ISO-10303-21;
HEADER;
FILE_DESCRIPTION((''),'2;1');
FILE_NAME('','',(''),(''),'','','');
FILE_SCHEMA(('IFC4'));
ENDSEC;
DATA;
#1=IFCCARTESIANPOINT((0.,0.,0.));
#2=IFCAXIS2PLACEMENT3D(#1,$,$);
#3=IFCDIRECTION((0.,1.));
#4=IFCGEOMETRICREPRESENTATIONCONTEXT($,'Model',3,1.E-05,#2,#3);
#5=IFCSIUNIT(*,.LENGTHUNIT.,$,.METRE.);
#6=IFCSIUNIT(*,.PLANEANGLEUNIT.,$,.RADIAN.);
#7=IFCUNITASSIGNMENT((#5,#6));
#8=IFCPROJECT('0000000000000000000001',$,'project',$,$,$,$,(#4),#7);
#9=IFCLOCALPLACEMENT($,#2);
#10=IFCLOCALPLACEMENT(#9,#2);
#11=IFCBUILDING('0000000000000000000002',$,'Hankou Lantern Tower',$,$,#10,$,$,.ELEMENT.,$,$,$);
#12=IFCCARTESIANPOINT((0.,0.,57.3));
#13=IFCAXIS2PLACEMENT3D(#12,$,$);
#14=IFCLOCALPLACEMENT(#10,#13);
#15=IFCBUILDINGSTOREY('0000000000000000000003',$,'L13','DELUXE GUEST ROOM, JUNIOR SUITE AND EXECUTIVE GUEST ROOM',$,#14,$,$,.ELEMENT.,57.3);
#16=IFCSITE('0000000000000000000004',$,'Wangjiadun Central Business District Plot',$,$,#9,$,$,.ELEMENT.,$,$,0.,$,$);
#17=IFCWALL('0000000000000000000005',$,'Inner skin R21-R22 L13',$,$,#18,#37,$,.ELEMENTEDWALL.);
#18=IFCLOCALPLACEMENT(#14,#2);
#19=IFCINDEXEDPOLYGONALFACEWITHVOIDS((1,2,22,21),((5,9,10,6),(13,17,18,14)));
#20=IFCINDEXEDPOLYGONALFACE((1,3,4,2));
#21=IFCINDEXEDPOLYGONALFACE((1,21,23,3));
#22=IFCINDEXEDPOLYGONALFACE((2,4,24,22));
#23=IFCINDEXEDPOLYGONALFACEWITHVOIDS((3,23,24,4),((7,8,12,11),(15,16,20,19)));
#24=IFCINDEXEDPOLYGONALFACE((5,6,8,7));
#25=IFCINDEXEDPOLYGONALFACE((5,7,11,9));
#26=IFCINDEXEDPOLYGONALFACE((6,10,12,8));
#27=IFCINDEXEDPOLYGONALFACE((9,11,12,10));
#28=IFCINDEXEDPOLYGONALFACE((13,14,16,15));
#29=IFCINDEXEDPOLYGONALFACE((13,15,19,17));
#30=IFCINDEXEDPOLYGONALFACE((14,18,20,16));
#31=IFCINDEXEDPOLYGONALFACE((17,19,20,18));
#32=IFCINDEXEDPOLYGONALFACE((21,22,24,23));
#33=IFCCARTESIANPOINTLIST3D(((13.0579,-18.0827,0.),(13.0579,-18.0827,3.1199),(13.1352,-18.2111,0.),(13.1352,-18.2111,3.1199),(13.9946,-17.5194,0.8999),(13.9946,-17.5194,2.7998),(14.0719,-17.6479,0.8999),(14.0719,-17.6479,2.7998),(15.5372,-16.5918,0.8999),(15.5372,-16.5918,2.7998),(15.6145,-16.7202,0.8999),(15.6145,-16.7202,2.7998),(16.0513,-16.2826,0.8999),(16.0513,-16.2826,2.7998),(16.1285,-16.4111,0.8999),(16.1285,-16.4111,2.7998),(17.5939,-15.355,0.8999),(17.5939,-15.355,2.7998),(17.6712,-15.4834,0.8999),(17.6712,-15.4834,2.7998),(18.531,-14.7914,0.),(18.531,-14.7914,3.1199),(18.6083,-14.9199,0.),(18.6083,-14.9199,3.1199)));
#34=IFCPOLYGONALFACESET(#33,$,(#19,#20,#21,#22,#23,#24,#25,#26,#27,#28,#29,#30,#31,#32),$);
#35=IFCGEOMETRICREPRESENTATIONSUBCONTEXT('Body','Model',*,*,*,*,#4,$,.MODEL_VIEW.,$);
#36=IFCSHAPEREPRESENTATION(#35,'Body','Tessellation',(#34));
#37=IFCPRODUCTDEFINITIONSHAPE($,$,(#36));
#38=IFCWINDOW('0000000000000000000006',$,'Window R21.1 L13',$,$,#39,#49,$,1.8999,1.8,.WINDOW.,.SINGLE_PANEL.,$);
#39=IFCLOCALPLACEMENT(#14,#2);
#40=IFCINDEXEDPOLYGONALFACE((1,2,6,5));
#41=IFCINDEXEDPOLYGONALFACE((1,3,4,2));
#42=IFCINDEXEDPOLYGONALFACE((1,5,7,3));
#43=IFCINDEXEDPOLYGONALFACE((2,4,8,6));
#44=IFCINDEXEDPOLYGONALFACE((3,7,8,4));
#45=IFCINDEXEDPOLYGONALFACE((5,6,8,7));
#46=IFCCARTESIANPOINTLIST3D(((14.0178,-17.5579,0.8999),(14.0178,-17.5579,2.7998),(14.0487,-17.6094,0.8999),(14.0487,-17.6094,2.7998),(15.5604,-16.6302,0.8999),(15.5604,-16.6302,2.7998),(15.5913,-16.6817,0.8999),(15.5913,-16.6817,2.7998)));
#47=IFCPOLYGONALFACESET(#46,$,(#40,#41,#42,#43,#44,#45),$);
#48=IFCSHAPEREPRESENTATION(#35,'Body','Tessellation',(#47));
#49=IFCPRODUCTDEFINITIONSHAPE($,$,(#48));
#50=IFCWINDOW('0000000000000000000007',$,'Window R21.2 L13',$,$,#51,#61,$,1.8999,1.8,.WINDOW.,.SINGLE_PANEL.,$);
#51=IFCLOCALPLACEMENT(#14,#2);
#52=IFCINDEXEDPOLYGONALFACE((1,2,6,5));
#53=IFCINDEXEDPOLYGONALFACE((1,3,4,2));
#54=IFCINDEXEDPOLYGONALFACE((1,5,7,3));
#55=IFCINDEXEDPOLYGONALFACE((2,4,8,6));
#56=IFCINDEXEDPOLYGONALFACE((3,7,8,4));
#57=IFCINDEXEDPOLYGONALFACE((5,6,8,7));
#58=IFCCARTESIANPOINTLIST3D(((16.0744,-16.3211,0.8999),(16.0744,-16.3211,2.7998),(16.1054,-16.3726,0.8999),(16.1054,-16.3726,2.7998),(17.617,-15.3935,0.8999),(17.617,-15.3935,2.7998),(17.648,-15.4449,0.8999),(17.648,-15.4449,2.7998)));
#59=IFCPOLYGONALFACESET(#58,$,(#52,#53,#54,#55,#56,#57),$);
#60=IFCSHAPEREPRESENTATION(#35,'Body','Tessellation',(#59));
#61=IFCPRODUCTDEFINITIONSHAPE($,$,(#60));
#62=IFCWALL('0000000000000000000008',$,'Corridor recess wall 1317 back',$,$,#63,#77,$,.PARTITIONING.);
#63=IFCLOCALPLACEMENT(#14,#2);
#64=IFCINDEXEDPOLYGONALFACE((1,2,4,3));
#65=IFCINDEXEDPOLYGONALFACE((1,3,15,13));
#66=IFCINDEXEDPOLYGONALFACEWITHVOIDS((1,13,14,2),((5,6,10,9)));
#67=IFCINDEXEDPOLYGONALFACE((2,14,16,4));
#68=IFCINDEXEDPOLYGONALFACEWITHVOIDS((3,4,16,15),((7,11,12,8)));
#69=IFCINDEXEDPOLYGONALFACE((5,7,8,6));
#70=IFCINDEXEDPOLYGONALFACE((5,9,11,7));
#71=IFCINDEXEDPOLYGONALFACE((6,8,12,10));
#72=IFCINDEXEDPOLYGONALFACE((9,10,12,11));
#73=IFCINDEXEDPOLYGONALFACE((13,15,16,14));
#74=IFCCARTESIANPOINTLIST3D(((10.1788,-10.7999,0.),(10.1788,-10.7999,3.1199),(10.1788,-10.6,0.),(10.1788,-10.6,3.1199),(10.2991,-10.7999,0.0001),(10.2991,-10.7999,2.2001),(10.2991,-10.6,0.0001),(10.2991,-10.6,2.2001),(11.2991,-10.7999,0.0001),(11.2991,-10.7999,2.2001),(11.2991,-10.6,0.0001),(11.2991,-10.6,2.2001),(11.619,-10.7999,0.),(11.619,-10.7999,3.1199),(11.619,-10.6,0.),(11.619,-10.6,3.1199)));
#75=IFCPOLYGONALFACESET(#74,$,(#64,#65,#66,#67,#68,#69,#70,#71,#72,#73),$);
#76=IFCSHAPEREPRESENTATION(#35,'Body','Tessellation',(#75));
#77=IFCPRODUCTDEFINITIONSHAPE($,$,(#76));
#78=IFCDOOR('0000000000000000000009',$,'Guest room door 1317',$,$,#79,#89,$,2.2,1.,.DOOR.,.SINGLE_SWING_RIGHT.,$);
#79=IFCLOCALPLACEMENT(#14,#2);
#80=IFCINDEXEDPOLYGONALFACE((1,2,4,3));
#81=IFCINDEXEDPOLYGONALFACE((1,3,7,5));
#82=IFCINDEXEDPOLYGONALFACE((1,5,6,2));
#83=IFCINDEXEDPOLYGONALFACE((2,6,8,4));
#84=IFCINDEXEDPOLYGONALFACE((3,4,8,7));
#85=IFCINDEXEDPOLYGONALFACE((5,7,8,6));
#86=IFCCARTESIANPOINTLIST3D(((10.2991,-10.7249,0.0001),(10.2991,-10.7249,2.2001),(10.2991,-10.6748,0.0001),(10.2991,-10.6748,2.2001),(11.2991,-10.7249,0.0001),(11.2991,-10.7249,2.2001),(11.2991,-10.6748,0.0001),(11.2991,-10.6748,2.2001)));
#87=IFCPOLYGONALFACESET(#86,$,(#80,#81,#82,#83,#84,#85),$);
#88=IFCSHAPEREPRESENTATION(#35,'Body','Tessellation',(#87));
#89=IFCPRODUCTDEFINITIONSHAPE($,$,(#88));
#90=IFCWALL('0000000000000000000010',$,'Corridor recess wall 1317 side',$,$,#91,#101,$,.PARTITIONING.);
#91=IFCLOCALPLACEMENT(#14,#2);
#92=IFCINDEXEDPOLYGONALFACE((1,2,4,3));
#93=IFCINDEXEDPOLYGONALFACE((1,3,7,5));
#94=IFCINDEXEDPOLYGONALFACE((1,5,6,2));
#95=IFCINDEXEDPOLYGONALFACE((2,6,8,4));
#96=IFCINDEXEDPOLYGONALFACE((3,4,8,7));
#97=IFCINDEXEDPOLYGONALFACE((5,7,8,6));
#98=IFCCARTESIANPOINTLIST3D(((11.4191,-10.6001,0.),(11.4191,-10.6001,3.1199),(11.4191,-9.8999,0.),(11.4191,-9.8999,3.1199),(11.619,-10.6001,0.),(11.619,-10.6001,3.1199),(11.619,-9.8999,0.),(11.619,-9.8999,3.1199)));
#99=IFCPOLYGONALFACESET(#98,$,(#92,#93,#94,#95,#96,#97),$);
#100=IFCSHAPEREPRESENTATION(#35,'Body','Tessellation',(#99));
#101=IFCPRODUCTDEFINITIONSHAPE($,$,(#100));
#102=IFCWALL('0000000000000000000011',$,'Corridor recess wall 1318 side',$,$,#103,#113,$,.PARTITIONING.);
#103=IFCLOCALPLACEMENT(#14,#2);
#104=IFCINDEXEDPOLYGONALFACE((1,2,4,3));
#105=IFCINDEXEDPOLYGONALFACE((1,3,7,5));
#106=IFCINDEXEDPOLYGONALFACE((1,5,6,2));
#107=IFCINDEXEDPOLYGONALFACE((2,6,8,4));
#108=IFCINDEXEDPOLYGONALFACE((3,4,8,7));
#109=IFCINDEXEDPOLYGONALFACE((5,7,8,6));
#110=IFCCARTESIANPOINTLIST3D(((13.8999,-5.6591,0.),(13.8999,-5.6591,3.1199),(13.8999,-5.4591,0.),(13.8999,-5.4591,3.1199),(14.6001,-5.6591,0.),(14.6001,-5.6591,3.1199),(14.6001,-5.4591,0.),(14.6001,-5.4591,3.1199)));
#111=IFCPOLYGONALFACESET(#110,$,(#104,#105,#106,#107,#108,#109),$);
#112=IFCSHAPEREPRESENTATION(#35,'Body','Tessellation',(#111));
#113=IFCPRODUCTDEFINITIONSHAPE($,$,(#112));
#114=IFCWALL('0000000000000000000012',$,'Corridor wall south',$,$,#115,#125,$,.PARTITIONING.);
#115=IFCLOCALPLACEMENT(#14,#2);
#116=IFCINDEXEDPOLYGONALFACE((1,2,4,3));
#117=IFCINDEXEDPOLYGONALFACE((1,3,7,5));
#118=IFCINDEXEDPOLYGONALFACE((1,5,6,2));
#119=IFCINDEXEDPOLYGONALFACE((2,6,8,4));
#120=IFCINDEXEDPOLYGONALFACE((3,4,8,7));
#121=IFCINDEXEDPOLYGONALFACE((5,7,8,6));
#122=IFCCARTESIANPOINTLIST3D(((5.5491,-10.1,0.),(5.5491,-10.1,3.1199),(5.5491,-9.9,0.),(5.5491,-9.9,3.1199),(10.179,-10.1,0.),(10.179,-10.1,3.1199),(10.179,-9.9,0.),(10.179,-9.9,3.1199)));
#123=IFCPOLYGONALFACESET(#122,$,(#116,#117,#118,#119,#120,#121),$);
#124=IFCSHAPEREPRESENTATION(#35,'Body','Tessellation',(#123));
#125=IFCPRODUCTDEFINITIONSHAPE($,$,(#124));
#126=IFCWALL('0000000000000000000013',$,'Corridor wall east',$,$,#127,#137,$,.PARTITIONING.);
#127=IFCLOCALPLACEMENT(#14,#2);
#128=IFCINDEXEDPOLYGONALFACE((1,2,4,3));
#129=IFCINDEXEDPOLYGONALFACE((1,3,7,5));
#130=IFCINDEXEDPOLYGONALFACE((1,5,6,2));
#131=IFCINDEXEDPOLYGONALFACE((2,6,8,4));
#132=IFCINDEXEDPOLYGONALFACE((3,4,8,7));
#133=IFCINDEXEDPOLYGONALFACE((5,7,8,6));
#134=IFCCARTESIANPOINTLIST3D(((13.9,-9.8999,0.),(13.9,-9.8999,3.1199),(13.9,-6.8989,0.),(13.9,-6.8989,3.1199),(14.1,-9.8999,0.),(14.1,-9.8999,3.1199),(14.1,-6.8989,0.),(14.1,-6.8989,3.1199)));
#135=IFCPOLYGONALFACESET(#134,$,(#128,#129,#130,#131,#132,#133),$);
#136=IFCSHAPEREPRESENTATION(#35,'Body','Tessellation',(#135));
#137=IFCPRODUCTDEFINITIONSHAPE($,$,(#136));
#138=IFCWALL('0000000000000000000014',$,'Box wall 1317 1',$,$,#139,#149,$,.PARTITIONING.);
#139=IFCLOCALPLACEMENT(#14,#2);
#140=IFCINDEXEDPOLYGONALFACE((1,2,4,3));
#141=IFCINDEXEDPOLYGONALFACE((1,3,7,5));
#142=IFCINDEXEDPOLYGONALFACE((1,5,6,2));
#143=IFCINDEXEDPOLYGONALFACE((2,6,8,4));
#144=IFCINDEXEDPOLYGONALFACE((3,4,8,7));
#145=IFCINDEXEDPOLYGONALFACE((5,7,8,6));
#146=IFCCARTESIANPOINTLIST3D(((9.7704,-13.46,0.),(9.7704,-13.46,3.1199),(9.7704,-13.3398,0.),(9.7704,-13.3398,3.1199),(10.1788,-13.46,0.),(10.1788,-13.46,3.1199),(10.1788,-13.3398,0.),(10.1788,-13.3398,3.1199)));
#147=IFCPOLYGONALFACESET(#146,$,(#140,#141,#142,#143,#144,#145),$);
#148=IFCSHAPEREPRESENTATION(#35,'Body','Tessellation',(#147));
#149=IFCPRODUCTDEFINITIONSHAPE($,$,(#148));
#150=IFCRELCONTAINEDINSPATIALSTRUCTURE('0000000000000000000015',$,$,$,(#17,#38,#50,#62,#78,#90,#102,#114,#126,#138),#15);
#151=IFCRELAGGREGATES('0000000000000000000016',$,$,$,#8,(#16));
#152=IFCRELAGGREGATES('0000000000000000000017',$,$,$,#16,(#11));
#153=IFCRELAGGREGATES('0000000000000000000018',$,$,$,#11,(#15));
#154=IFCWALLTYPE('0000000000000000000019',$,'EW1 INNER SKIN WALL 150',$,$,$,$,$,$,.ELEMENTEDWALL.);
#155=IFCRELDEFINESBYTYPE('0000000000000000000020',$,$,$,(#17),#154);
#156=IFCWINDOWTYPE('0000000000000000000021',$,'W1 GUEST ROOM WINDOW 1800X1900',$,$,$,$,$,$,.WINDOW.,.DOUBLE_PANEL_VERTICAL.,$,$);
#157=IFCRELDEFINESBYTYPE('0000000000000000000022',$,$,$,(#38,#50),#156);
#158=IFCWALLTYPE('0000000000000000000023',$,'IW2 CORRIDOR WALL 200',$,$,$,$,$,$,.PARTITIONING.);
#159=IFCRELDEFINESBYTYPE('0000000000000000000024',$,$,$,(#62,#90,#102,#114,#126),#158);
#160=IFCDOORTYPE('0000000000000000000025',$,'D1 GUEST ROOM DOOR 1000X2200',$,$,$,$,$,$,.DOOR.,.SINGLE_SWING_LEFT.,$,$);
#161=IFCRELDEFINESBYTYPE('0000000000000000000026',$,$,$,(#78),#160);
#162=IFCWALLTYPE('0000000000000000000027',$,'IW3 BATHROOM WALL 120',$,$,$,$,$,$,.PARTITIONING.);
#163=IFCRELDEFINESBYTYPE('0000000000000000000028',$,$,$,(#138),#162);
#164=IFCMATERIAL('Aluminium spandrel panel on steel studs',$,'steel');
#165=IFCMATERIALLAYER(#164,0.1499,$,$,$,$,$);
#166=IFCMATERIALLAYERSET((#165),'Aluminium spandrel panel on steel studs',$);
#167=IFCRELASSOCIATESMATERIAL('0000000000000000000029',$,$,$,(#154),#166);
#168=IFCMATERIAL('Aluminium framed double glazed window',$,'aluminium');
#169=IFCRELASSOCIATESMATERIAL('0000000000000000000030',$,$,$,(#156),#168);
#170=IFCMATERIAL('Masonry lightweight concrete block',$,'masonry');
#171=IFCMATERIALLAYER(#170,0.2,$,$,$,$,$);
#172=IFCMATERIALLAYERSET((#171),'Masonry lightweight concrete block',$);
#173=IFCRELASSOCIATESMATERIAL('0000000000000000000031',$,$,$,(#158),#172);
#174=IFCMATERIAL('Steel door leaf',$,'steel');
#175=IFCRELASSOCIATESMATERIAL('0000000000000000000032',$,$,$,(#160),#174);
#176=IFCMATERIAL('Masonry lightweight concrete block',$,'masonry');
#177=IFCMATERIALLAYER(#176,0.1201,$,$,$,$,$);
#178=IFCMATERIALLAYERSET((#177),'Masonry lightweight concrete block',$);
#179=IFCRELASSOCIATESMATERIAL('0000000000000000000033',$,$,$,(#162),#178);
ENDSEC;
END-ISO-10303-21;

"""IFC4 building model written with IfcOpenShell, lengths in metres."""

from ifc_helpers import new_model, si_unit, direction, frame, frame_2d, origin, place, context, subcontext, project, spatial, rectangle, extrude, material, layer, layer_set, type_object, element, fill, save


model = new_model("IFC4")

# Units and contexts
model_context = context("Model", 3, precision=1e-05, world=origin(), true_north=direction((0.0, 1.0)))
body_context = subcontext(model_context, "Body", "Model", "MODEL_VIEW")
ifc_project = project(units=[si_unit("LENGTHUNIT", "METRE"), si_unit("PLANEANGLEUNIT", "RADIAN")], contexts=[model_context])

# Site, building, storey
site_placement = place(None, origin())
site = spatial("IfcSite", under=ifc_project, at=site_placement, Name="Wangjiadun Central Business District Plot", CompositionType="ELEMENT", RefElevation=0.0)
building_placement = place(site_placement, origin())
building = spatial("IfcBuilding", under=site, at=building_placement, Name="Hankou Lantern Tower", CompositionType="ELEMENT")
storey_placement = place(building_placement, frame((0.0, 0.0, 57.3)))
storey = spatial("IfcBuildingStorey", under=building, at=storey_placement, Name="L13", Description="DELUXE GUEST ROOM, JUNIOR SUITE AND EXECUTIVE GUEST ROOM", CompositionType="ELEMENT", Elevation=57.3)

# Wall, openings, windows
ifc_material_1 = material(Name="Aluminium spandrel panel on steel studs", Category="steel")
ifc_layer_1 = layer(ifc_material_1, 0.1499)
ifc_layer_set_1 = layer_set([ifc_layer_1], Name="Aluminium spandrel panel on steel studs")
wall_type_1 = type_object("IfcWallType", Name="EW1 INNER SKIN WALL 150", PredefinedType="ELEMENTEDWALL", material=ifc_layer_set_1)
wall_1_placement = place(storey_placement, frame((13.0964, -18.147, 0.0), z_axis=(0.0, 0.0, 1.0), x_axis=(0.856983, 0.515344, 0.0)))
wall_1 = element("IfcWall", 1, at=wall_1_placement, inside=storey, type_object=wall_type_1, Name="Inner skin R21-R22 L13", PredefinedType="ELEMENTEDWALL", context=body_context, shape_type="SweptSolid", body=[
    extrude(rectangle(XDim=6.3865, YDim=0.1499, at=frame_2d((3.1934, 0.0))), origin(), (0.0, 0.0, 1.0), 3.1199),
])
opening_1_placement = place(wall_1_placement, frame((1.0933, 0.0, 0.8999)))
opening_1 = element("IfcOpeningElement", 2, at=opening_1_placement, cuts=wall_1, PredefinedType="OPENING", context=body_context, shape_type="SweptSolid", body=[
    extrude(rectangle(XDim=1.8, YDim=1.8999, at=frame_2d((0.8999, 0.95))), frame((0.0, 0.085, 0.0), z_axis=(0.0, -1.0, 0.0), x_axis=(1.0, 0.0, 0.0)), (0.0, 0.0, 1.0), 0.1699),
])
opening_2_placement = place(wall_1_placement, frame((3.4932, 0.0, 0.8999)))
opening_2 = element("IfcOpeningElement", 3, at=opening_2_placement, cuts=wall_1, PredefinedType="OPENING", context=body_context, shape_type="SweptSolid", body=[
    extrude(rectangle(XDim=1.8, YDim=1.8999, at=frame_2d((0.8999, 0.95))), frame((0.0, 0.085, 0.0), z_axis=(0.0, -1.0, 0.0), x_axis=(1.0, 0.0, 0.0)), (0.0, 0.0, 1.0), 0.1699),
])
ifc_material_2 = material(Name="Aluminium framed double glazed window", Category="aluminium")
window_type = type_object("IfcWindowType", Name="W1 GUEST ROOM WINDOW 1800X1900", PartitioningType="DOUBLE_PANEL_VERTICAL", PredefinedType="WINDOW", material=ifc_material_2)
window_1_placement = place(opening_1_placement, origin())
window_1 = element("IfcWindow", 4, at=window_1_placement, inside=storey, type_object=window_type, Name="Window R21.1 L13", OverallHeight=1.8999, OverallWidth=1.8, PartitioningType="SINGLE_PANEL", PredefinedType="WINDOW", context=body_context, shape_type="SweptSolid", body=[
    extrude(rectangle(XDim=1.8, YDim=1.8999, at=frame_2d((0.8999, 0.95))), frame((0.0, 0.03, 0.0), z_axis=(0.0, -1.0, 0.0), x_axis=(1.0, 0.0, 0.0)), (0.0, 0.0, 1.0), 0.0601),
])
fill(opening_1, window_1)
window_2_placement = place(opening_2_placement, origin())
window_2 = element("IfcWindow", 5, at=window_2_placement, inside=storey, type_object=window_type, Name="Window R21.2 L13", OverallHeight=1.8999, OverallWidth=1.8, PartitioningType="SINGLE_PANEL", PredefinedType="WINDOW", context=body_context, shape_type="SweptSolid", body=[
    extrude(rectangle(XDim=1.8, YDim=1.8999, at=frame_2d((0.8999, 0.95))), frame((0.0, 0.03, 0.0), z_axis=(0.0, -1.0, 0.0), x_axis=(1.0, 0.0, 0.0)), (0.0, 0.0, 1.0), 0.0601),
])
fill(opening_2, window_2)

# Wall, opening, door
ifc_material_3 = material(Name="Masonry lightweight concrete block", Category="masonry")
ifc_layer_2 = layer(ifc_material_3, 0.2)
ifc_layer_set_2 = layer_set([ifc_layer_2], Name="Masonry lightweight concrete block")
wall_type_2 = type_object("IfcWallType", Name="IW2 CORRIDOR WALL 200", PredefinedType="PARTITIONING", material=ifc_layer_set_2)
wall_2_placement = place(storey_placement, frame((11.6191, -10.7, 0.0), z_axis=(0.0, 0.0, 1.0), x_axis=(-1.0, 0.0, 0.0)))
wall_2 = element("IfcWall", 6, at=wall_2_placement, inside=storey, type_object=wall_type_2, Name="Corridor recess wall 1317 back", PredefinedType="PARTITIONING", context=body_context, shape_type="SweptSolid", body=[
    extrude(rectangle(XDim=1.4402, YDim=0.2, at=frame_2d((0.7202, 0.0))), origin(), (0.0, 0.0, 1.0), 3.1199),
])
opening_3_placement = place(wall_2_placement, frame((0.3201, 0.0, 0.0)))
opening_3 = element("IfcOpeningElement", 7, at=opening_3_placement, cuts=wall_2, PredefinedType="OPENING", context=body_context, shape_type="SweptSolid", body=[
    extrude(rectangle(XDim=1.0, YDim=2.2, at=frame_2d((0.5, 1.1001))), frame((0.0, 0.1099, 0.0), z_axis=(0.0, -1.0, 0.0), x_axis=(1.0, 0.0, 0.0)), (0.0, 0.0, 1.0), 0.22),
])
ifc_material_4 = material(Name="Steel door leaf", Category="steel")
door_type_1 = type_object("IfcDoorType", Name="D1 GUEST ROOM DOOR 1000X2200", OperationType="SINGLE_SWING_LEFT", PredefinedType="DOOR", material=ifc_material_4)
door_1_placement = place(opening_3_placement, origin())
door_1 = element("IfcDoor", 8, at=door_1_placement, inside=storey, type_object=door_type_1, Name="Guest room door 1317", OperationType="SINGLE_SWING_RIGHT", OverallHeight=2.2, OverallWidth=1.0, PredefinedType="DOOR", context=body_context, shape_type="SweptSolid", body=[
    extrude(rectangle(XDim=1.0, YDim=2.2, at=frame_2d((0.5, 1.1001))), frame((0.0, 0.0249, 0.0), z_axis=(0.0, -1.0, 0.0), x_axis=(1.0, 0.0, 0.0)), (0.0, 0.0, 1.0), 0.05),
])
fill(opening_3, door_1)

# Walls
for number, where, z_axis, x_axis, name in (
    (9, (11.519, -9.8999, 0.0), (0.0, 0.0, 1.0), (0.0, -1.0, 0.0), "Corridor recess wall 1317 side"),
    (10, (13.8999, -5.5591, 0.0), (0.0, 0.0, 1.0), (1.0, 0.0, 0.0), "Corridor recess wall 1318 side"),
):
    element("IfcWall", number, at=place(storey_placement, frame(where, z_axis=z_axis, x_axis=x_axis)), inside=storey, type_object=wall_type_2, Name=name, PredefinedType="PARTITIONING", context=body_context, shape_type="SweptSolid", body=[
        extrude(rectangle(XDim=0.7002, YDim=0.2, at=frame_2d((0.3501, 0.0))), origin(), (0.0, 0.0, 1.0), 3.1199),
    ])
wall_3_placement = place(storey_placement, frame((10.179, -10.0, 0.0), z_axis=(0.0, 0.0, 1.0), x_axis=(-1.0, 0.0, 0.0)))
element("IfcWall", 11, at=wall_3_placement, inside=storey, type_object=wall_type_2, Name="Corridor wall south", PredefinedType="PARTITIONING", context=body_context, shape_type="SweptSolid", body=[
    extrude(rectangle(XDim=4.6299, YDim=0.2, at=frame_2d((2.3149, 0.0))), origin(), (0.0, 0.0, 1.0), 3.1199),
])
wall_4_placement = place(storey_placement, frame((14.0, -9.8999, 0.0), z_axis=(0.0, 0.0, 1.0), x_axis=(0.0, 1.0, 0.0)))
element("IfcWall", 12, at=wall_4_placement, inside=storey, type_object=wall_type_2, Name="Corridor wall east", PredefinedType="PARTITIONING", context=body_context, shape_type="SweptSolid", body=[
    extrude(rectangle(XDim=3.001, YDim=0.2, at=frame_2d((1.5005, 0.0))), origin(), (0.0, 0.0, 1.0), 3.1199),
])
ifc_material_5 = material(Name="Masonry lightweight concrete block", Category="masonry")
ifc_layer_3 = layer(ifc_material_5, 0.1201)
ifc_layer_set_3 = layer_set([ifc_layer_3], Name="Masonry lightweight concrete block")
wall_type_3 = type_object("IfcWallType", Name="IW3 BATHROOM WALL 120", PredefinedType="PARTITIONING", material=ifc_layer_set_3)
wall_5_placement = place(storey_placement, frame((9.7705, -13.3999, 0.0), z_axis=(0.0, 0.0, 1.0), x_axis=(1.0, 0.0, 0.0)))
element("IfcWall", 13, at=wall_5_placement, inside=storey, type_object=wall_type_3, Name="Box wall 1317 1", PredefinedType="PARTITIONING", context=body_context, shape_type="SweptSolid", body=[
    extrude(rectangle(XDim=0.4084, YDim=0.1201, at=frame_2d((0.2041, 0.0))), origin(), (0.0, 0.0, 1.0), 3.1199),
])

save(model, "model.ifc")
